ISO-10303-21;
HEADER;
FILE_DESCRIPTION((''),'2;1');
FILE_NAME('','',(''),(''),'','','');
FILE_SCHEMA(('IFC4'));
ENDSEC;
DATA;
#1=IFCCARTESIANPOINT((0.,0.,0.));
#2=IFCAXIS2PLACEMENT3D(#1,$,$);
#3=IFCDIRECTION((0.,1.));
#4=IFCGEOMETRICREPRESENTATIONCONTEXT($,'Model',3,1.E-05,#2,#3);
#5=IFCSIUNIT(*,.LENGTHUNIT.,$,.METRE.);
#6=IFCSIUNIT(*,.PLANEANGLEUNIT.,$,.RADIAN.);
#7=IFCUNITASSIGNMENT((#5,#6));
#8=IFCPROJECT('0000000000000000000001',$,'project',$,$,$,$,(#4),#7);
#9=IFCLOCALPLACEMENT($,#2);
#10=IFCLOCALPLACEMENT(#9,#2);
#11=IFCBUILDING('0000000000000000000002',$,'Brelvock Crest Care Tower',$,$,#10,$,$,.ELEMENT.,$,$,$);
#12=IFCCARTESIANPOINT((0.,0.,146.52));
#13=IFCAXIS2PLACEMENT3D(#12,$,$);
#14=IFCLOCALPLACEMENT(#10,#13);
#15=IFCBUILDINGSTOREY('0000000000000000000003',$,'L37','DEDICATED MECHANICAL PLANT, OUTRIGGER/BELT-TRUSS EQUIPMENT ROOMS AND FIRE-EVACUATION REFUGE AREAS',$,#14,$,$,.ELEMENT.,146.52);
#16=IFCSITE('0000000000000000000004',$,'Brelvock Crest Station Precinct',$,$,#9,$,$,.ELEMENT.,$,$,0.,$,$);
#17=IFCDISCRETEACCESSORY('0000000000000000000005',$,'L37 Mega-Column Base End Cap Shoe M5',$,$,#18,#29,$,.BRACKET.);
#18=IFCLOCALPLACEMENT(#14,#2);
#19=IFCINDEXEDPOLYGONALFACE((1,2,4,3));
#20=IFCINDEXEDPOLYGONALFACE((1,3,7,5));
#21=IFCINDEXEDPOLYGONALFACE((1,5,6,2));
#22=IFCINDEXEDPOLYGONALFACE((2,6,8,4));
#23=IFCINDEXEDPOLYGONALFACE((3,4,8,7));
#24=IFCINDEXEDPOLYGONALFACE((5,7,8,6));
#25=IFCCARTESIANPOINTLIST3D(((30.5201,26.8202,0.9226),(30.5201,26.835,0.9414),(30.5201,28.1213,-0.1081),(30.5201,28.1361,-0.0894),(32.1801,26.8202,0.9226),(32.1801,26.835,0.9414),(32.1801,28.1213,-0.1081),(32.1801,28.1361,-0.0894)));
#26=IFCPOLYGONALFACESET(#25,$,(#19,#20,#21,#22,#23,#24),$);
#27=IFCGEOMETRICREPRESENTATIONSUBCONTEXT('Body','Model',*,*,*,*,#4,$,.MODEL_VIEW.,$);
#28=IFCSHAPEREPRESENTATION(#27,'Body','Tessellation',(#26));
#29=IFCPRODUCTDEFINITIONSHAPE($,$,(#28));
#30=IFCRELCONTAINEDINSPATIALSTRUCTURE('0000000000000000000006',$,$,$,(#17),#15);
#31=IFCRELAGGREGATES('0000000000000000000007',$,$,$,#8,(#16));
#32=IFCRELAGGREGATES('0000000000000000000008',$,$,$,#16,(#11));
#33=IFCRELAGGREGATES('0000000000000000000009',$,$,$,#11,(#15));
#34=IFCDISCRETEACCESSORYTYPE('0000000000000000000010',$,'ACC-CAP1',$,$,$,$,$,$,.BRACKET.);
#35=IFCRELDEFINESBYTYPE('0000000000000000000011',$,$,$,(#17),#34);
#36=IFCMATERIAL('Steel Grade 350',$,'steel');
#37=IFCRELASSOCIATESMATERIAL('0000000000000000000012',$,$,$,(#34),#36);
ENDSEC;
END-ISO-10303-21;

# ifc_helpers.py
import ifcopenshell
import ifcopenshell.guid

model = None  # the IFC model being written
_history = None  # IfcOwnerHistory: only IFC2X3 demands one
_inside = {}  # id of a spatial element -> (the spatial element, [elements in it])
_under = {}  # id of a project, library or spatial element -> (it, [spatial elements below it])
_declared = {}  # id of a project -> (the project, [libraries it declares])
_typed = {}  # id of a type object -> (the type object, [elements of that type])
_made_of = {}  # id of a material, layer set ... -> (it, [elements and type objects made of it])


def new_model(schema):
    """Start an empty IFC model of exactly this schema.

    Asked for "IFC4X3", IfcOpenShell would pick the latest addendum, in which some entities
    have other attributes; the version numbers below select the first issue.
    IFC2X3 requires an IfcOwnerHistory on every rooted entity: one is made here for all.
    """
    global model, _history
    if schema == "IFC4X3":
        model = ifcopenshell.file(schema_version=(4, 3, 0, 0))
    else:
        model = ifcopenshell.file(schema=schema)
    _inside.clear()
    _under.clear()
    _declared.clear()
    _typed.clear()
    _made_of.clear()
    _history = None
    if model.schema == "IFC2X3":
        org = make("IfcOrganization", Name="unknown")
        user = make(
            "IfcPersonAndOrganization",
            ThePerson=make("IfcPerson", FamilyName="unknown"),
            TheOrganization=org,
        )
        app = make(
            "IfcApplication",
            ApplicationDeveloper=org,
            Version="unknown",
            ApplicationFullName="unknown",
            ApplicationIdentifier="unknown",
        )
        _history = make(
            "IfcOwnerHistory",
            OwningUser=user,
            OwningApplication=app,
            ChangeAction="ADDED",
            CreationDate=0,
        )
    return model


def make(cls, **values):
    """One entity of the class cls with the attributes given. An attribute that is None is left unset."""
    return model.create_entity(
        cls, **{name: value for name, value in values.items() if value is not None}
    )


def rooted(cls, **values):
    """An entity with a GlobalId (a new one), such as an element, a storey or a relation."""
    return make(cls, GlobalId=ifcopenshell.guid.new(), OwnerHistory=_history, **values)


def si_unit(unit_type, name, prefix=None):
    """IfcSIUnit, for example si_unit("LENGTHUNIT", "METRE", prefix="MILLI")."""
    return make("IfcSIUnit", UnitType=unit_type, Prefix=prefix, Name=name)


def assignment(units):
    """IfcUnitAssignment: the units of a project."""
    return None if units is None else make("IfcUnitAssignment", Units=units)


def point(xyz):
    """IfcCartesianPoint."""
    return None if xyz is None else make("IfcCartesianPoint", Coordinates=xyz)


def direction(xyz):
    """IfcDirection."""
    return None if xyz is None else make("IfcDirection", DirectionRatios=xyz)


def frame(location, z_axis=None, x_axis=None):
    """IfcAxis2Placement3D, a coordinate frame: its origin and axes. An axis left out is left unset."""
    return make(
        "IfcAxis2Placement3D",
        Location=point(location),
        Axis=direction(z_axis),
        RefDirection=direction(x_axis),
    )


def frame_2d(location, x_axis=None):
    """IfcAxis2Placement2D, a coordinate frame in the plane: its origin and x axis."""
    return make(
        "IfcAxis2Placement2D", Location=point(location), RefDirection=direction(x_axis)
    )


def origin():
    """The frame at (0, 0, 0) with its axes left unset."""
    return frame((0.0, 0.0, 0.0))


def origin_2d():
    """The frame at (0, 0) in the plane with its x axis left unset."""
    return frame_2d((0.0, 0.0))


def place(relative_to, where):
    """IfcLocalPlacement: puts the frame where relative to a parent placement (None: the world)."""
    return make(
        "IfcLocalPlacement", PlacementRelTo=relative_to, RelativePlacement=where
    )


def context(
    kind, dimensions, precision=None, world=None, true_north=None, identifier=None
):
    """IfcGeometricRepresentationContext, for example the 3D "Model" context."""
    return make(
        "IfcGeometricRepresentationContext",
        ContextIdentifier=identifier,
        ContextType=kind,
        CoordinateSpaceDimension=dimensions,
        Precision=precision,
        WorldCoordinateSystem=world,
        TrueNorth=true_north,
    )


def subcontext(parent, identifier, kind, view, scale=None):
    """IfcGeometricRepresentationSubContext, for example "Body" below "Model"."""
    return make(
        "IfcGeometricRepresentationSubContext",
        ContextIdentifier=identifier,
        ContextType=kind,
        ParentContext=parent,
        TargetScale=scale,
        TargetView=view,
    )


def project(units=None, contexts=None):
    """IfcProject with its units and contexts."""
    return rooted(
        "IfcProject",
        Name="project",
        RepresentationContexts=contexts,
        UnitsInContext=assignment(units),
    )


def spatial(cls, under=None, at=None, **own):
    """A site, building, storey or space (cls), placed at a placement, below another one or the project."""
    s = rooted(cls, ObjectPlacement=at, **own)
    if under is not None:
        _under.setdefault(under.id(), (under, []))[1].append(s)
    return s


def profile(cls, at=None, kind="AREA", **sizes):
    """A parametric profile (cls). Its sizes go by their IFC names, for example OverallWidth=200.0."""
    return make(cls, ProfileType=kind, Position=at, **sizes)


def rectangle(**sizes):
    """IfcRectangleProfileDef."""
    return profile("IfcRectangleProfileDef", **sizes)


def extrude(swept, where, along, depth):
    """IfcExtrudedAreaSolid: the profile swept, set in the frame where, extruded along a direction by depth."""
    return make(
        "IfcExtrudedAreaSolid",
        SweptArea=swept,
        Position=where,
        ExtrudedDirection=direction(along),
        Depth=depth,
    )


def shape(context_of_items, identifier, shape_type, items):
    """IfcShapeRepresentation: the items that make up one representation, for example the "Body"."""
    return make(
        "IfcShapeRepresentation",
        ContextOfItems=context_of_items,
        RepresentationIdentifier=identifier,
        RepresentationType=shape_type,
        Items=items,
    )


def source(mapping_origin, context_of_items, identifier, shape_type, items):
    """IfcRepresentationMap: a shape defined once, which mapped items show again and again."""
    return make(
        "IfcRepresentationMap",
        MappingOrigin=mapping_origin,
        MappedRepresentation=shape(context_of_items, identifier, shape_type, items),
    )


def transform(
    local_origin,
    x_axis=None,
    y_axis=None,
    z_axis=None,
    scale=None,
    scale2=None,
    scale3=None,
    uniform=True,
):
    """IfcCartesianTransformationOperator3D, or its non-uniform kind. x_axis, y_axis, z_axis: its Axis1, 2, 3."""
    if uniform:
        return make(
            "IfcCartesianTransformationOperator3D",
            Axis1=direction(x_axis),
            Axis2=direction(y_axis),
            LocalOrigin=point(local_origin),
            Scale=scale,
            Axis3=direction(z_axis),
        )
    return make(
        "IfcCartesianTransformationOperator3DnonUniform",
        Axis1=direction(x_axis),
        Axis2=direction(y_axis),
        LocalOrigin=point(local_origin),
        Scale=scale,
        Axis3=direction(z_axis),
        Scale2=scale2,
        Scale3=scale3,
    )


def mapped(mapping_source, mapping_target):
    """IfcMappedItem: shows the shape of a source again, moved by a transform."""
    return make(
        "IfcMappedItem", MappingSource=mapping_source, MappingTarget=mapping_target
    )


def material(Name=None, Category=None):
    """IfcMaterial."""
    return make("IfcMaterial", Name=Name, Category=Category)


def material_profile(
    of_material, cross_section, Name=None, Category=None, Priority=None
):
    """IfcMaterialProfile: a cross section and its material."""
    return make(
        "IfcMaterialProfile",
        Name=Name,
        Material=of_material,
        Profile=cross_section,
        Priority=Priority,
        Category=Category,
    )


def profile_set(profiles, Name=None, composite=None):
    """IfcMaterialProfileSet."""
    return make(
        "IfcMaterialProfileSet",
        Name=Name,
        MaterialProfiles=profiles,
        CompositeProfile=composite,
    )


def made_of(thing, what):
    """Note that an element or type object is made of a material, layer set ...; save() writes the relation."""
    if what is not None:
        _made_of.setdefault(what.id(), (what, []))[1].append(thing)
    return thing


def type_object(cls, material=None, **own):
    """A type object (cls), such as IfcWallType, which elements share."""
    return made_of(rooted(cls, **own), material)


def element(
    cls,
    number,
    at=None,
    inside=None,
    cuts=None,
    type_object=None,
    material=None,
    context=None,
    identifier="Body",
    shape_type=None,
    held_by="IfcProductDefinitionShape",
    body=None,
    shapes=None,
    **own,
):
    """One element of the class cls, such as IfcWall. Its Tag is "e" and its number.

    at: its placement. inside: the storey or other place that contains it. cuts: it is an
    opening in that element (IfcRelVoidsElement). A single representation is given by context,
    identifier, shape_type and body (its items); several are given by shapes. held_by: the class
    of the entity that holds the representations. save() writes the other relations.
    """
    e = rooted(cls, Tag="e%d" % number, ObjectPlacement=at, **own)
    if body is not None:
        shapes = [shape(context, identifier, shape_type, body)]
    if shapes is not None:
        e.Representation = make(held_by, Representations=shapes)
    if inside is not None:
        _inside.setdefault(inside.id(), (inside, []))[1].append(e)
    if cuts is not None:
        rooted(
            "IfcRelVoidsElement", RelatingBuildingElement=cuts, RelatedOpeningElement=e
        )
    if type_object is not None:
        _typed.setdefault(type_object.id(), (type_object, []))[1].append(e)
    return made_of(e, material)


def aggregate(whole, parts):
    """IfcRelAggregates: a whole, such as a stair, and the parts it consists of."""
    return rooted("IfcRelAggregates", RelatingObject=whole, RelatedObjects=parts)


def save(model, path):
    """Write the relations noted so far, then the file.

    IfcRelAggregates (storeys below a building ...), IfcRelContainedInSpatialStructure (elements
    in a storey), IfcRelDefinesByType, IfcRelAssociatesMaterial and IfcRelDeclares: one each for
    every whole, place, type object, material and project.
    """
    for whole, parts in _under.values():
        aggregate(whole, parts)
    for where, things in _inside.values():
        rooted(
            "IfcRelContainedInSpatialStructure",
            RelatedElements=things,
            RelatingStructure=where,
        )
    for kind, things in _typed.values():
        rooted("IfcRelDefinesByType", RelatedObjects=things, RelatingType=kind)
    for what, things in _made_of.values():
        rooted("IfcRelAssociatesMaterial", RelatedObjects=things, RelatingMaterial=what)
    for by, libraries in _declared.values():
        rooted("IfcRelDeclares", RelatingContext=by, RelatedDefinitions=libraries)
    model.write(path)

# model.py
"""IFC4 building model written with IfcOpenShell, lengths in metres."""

from ifc_helpers import new_model, si_unit, direction, frame, origin, origin_2d, place, context, subcontext, project, spatial, rectangle, extrude, source, transform, mapped, material, material_profile, profile_set, type_object, element, save


model = new_model("IFC4")

# Units and contexts
model_context = context("Model", 3, precision=1e-05, world=origin(), true_north=direction((0.0, 1.0)))
body_context = subcontext(model_context, "Body", "Model", "MODEL_VIEW")
ifc_project = project(units=[si_unit("LENGTHUNIT", "METRE"), si_unit("PLANEANGLEUNIT", "RADIAN")], contexts=[model_context])

# Site, building, storey
site_placement = place(None, origin())
site = spatial("IfcSite", under=ifc_project, at=site_placement, Name="Brelvock Crest Station Precinct", CompositionType="ELEMENT", RefElevation=0.0)
building_placement = place(site_placement, origin())
building = spatial("IfcBuilding", under=site, at=building_placement, Name="Brelvock Crest Care Tower", CompositionType="ELEMENT")
storey_placement = place(building_placement, frame((0.0, 0.0, 146.52)))
storey = spatial("IfcBuildingStorey", under=building, at=storey_placement, Name="L37", Description="DEDICATED MECHANICAL PLANT, OUTRIGGER/BELT-TRUSS EQUIPMENT ROOMS AND FIRE-EVACUATION REFUGE AREAS", CompositionType="ELEMENT", Elevation=146.52)

# Shared definitions
ifc_material_1 = material(Name="Steel Grade 350", Category="steel")

# Discrete accessory
ifc_material_profile_1 = material_profile(ifc_material_1, rectangle(XDim=1.6599, YDim=1.6599, at=origin_2d()), Name="ACC-CAP1")
ifc_profile_set_1 = profile_set([ifc_material_profile_1], Name="Steel Grade 350")
discrete_accessory_type = type_object("IfcDiscreteAccessoryType", Name="ACC-CAP1", PredefinedType="BRACKET", material=ifc_profile_set_1)
shared_shape_1 = source(origin(), body_context, "Body", "SweptSolid", [
    extrude(rectangle(XDim=1.6599, YDim=1.6599, at=origin_2d()), origin(), (0.0, 0.0, 1.0), 0.0239),
])
discrete_accessory_placement = place(storey_placement, frame((31.3501, 27.4707, 0.4072), z_axis=(0.0, 0.620964, 0.783839), x_axis=(-1.0, 0.0, 0.0)))
element("IfcDiscreteAccessory", 1, at=discrete_accessory_placement, inside=storey, type_object=discrete_accessory_type, Name="L37 Mega-Column Base End Cap Shoe M5", PredefinedType="BRACKET", context=body_context, shape_type="MappedRepresentation", body=[
    mapped(shared_shape_1, transform((0.0, 0.0, 0.0), x_axis=(1.0, 0.0, 0.0), y_axis=(0.0, 1.0, 0.0), z_axis=(0.0, 0.0, 1.0), scale=1.0)),
])

save(model, "model.ifc")
